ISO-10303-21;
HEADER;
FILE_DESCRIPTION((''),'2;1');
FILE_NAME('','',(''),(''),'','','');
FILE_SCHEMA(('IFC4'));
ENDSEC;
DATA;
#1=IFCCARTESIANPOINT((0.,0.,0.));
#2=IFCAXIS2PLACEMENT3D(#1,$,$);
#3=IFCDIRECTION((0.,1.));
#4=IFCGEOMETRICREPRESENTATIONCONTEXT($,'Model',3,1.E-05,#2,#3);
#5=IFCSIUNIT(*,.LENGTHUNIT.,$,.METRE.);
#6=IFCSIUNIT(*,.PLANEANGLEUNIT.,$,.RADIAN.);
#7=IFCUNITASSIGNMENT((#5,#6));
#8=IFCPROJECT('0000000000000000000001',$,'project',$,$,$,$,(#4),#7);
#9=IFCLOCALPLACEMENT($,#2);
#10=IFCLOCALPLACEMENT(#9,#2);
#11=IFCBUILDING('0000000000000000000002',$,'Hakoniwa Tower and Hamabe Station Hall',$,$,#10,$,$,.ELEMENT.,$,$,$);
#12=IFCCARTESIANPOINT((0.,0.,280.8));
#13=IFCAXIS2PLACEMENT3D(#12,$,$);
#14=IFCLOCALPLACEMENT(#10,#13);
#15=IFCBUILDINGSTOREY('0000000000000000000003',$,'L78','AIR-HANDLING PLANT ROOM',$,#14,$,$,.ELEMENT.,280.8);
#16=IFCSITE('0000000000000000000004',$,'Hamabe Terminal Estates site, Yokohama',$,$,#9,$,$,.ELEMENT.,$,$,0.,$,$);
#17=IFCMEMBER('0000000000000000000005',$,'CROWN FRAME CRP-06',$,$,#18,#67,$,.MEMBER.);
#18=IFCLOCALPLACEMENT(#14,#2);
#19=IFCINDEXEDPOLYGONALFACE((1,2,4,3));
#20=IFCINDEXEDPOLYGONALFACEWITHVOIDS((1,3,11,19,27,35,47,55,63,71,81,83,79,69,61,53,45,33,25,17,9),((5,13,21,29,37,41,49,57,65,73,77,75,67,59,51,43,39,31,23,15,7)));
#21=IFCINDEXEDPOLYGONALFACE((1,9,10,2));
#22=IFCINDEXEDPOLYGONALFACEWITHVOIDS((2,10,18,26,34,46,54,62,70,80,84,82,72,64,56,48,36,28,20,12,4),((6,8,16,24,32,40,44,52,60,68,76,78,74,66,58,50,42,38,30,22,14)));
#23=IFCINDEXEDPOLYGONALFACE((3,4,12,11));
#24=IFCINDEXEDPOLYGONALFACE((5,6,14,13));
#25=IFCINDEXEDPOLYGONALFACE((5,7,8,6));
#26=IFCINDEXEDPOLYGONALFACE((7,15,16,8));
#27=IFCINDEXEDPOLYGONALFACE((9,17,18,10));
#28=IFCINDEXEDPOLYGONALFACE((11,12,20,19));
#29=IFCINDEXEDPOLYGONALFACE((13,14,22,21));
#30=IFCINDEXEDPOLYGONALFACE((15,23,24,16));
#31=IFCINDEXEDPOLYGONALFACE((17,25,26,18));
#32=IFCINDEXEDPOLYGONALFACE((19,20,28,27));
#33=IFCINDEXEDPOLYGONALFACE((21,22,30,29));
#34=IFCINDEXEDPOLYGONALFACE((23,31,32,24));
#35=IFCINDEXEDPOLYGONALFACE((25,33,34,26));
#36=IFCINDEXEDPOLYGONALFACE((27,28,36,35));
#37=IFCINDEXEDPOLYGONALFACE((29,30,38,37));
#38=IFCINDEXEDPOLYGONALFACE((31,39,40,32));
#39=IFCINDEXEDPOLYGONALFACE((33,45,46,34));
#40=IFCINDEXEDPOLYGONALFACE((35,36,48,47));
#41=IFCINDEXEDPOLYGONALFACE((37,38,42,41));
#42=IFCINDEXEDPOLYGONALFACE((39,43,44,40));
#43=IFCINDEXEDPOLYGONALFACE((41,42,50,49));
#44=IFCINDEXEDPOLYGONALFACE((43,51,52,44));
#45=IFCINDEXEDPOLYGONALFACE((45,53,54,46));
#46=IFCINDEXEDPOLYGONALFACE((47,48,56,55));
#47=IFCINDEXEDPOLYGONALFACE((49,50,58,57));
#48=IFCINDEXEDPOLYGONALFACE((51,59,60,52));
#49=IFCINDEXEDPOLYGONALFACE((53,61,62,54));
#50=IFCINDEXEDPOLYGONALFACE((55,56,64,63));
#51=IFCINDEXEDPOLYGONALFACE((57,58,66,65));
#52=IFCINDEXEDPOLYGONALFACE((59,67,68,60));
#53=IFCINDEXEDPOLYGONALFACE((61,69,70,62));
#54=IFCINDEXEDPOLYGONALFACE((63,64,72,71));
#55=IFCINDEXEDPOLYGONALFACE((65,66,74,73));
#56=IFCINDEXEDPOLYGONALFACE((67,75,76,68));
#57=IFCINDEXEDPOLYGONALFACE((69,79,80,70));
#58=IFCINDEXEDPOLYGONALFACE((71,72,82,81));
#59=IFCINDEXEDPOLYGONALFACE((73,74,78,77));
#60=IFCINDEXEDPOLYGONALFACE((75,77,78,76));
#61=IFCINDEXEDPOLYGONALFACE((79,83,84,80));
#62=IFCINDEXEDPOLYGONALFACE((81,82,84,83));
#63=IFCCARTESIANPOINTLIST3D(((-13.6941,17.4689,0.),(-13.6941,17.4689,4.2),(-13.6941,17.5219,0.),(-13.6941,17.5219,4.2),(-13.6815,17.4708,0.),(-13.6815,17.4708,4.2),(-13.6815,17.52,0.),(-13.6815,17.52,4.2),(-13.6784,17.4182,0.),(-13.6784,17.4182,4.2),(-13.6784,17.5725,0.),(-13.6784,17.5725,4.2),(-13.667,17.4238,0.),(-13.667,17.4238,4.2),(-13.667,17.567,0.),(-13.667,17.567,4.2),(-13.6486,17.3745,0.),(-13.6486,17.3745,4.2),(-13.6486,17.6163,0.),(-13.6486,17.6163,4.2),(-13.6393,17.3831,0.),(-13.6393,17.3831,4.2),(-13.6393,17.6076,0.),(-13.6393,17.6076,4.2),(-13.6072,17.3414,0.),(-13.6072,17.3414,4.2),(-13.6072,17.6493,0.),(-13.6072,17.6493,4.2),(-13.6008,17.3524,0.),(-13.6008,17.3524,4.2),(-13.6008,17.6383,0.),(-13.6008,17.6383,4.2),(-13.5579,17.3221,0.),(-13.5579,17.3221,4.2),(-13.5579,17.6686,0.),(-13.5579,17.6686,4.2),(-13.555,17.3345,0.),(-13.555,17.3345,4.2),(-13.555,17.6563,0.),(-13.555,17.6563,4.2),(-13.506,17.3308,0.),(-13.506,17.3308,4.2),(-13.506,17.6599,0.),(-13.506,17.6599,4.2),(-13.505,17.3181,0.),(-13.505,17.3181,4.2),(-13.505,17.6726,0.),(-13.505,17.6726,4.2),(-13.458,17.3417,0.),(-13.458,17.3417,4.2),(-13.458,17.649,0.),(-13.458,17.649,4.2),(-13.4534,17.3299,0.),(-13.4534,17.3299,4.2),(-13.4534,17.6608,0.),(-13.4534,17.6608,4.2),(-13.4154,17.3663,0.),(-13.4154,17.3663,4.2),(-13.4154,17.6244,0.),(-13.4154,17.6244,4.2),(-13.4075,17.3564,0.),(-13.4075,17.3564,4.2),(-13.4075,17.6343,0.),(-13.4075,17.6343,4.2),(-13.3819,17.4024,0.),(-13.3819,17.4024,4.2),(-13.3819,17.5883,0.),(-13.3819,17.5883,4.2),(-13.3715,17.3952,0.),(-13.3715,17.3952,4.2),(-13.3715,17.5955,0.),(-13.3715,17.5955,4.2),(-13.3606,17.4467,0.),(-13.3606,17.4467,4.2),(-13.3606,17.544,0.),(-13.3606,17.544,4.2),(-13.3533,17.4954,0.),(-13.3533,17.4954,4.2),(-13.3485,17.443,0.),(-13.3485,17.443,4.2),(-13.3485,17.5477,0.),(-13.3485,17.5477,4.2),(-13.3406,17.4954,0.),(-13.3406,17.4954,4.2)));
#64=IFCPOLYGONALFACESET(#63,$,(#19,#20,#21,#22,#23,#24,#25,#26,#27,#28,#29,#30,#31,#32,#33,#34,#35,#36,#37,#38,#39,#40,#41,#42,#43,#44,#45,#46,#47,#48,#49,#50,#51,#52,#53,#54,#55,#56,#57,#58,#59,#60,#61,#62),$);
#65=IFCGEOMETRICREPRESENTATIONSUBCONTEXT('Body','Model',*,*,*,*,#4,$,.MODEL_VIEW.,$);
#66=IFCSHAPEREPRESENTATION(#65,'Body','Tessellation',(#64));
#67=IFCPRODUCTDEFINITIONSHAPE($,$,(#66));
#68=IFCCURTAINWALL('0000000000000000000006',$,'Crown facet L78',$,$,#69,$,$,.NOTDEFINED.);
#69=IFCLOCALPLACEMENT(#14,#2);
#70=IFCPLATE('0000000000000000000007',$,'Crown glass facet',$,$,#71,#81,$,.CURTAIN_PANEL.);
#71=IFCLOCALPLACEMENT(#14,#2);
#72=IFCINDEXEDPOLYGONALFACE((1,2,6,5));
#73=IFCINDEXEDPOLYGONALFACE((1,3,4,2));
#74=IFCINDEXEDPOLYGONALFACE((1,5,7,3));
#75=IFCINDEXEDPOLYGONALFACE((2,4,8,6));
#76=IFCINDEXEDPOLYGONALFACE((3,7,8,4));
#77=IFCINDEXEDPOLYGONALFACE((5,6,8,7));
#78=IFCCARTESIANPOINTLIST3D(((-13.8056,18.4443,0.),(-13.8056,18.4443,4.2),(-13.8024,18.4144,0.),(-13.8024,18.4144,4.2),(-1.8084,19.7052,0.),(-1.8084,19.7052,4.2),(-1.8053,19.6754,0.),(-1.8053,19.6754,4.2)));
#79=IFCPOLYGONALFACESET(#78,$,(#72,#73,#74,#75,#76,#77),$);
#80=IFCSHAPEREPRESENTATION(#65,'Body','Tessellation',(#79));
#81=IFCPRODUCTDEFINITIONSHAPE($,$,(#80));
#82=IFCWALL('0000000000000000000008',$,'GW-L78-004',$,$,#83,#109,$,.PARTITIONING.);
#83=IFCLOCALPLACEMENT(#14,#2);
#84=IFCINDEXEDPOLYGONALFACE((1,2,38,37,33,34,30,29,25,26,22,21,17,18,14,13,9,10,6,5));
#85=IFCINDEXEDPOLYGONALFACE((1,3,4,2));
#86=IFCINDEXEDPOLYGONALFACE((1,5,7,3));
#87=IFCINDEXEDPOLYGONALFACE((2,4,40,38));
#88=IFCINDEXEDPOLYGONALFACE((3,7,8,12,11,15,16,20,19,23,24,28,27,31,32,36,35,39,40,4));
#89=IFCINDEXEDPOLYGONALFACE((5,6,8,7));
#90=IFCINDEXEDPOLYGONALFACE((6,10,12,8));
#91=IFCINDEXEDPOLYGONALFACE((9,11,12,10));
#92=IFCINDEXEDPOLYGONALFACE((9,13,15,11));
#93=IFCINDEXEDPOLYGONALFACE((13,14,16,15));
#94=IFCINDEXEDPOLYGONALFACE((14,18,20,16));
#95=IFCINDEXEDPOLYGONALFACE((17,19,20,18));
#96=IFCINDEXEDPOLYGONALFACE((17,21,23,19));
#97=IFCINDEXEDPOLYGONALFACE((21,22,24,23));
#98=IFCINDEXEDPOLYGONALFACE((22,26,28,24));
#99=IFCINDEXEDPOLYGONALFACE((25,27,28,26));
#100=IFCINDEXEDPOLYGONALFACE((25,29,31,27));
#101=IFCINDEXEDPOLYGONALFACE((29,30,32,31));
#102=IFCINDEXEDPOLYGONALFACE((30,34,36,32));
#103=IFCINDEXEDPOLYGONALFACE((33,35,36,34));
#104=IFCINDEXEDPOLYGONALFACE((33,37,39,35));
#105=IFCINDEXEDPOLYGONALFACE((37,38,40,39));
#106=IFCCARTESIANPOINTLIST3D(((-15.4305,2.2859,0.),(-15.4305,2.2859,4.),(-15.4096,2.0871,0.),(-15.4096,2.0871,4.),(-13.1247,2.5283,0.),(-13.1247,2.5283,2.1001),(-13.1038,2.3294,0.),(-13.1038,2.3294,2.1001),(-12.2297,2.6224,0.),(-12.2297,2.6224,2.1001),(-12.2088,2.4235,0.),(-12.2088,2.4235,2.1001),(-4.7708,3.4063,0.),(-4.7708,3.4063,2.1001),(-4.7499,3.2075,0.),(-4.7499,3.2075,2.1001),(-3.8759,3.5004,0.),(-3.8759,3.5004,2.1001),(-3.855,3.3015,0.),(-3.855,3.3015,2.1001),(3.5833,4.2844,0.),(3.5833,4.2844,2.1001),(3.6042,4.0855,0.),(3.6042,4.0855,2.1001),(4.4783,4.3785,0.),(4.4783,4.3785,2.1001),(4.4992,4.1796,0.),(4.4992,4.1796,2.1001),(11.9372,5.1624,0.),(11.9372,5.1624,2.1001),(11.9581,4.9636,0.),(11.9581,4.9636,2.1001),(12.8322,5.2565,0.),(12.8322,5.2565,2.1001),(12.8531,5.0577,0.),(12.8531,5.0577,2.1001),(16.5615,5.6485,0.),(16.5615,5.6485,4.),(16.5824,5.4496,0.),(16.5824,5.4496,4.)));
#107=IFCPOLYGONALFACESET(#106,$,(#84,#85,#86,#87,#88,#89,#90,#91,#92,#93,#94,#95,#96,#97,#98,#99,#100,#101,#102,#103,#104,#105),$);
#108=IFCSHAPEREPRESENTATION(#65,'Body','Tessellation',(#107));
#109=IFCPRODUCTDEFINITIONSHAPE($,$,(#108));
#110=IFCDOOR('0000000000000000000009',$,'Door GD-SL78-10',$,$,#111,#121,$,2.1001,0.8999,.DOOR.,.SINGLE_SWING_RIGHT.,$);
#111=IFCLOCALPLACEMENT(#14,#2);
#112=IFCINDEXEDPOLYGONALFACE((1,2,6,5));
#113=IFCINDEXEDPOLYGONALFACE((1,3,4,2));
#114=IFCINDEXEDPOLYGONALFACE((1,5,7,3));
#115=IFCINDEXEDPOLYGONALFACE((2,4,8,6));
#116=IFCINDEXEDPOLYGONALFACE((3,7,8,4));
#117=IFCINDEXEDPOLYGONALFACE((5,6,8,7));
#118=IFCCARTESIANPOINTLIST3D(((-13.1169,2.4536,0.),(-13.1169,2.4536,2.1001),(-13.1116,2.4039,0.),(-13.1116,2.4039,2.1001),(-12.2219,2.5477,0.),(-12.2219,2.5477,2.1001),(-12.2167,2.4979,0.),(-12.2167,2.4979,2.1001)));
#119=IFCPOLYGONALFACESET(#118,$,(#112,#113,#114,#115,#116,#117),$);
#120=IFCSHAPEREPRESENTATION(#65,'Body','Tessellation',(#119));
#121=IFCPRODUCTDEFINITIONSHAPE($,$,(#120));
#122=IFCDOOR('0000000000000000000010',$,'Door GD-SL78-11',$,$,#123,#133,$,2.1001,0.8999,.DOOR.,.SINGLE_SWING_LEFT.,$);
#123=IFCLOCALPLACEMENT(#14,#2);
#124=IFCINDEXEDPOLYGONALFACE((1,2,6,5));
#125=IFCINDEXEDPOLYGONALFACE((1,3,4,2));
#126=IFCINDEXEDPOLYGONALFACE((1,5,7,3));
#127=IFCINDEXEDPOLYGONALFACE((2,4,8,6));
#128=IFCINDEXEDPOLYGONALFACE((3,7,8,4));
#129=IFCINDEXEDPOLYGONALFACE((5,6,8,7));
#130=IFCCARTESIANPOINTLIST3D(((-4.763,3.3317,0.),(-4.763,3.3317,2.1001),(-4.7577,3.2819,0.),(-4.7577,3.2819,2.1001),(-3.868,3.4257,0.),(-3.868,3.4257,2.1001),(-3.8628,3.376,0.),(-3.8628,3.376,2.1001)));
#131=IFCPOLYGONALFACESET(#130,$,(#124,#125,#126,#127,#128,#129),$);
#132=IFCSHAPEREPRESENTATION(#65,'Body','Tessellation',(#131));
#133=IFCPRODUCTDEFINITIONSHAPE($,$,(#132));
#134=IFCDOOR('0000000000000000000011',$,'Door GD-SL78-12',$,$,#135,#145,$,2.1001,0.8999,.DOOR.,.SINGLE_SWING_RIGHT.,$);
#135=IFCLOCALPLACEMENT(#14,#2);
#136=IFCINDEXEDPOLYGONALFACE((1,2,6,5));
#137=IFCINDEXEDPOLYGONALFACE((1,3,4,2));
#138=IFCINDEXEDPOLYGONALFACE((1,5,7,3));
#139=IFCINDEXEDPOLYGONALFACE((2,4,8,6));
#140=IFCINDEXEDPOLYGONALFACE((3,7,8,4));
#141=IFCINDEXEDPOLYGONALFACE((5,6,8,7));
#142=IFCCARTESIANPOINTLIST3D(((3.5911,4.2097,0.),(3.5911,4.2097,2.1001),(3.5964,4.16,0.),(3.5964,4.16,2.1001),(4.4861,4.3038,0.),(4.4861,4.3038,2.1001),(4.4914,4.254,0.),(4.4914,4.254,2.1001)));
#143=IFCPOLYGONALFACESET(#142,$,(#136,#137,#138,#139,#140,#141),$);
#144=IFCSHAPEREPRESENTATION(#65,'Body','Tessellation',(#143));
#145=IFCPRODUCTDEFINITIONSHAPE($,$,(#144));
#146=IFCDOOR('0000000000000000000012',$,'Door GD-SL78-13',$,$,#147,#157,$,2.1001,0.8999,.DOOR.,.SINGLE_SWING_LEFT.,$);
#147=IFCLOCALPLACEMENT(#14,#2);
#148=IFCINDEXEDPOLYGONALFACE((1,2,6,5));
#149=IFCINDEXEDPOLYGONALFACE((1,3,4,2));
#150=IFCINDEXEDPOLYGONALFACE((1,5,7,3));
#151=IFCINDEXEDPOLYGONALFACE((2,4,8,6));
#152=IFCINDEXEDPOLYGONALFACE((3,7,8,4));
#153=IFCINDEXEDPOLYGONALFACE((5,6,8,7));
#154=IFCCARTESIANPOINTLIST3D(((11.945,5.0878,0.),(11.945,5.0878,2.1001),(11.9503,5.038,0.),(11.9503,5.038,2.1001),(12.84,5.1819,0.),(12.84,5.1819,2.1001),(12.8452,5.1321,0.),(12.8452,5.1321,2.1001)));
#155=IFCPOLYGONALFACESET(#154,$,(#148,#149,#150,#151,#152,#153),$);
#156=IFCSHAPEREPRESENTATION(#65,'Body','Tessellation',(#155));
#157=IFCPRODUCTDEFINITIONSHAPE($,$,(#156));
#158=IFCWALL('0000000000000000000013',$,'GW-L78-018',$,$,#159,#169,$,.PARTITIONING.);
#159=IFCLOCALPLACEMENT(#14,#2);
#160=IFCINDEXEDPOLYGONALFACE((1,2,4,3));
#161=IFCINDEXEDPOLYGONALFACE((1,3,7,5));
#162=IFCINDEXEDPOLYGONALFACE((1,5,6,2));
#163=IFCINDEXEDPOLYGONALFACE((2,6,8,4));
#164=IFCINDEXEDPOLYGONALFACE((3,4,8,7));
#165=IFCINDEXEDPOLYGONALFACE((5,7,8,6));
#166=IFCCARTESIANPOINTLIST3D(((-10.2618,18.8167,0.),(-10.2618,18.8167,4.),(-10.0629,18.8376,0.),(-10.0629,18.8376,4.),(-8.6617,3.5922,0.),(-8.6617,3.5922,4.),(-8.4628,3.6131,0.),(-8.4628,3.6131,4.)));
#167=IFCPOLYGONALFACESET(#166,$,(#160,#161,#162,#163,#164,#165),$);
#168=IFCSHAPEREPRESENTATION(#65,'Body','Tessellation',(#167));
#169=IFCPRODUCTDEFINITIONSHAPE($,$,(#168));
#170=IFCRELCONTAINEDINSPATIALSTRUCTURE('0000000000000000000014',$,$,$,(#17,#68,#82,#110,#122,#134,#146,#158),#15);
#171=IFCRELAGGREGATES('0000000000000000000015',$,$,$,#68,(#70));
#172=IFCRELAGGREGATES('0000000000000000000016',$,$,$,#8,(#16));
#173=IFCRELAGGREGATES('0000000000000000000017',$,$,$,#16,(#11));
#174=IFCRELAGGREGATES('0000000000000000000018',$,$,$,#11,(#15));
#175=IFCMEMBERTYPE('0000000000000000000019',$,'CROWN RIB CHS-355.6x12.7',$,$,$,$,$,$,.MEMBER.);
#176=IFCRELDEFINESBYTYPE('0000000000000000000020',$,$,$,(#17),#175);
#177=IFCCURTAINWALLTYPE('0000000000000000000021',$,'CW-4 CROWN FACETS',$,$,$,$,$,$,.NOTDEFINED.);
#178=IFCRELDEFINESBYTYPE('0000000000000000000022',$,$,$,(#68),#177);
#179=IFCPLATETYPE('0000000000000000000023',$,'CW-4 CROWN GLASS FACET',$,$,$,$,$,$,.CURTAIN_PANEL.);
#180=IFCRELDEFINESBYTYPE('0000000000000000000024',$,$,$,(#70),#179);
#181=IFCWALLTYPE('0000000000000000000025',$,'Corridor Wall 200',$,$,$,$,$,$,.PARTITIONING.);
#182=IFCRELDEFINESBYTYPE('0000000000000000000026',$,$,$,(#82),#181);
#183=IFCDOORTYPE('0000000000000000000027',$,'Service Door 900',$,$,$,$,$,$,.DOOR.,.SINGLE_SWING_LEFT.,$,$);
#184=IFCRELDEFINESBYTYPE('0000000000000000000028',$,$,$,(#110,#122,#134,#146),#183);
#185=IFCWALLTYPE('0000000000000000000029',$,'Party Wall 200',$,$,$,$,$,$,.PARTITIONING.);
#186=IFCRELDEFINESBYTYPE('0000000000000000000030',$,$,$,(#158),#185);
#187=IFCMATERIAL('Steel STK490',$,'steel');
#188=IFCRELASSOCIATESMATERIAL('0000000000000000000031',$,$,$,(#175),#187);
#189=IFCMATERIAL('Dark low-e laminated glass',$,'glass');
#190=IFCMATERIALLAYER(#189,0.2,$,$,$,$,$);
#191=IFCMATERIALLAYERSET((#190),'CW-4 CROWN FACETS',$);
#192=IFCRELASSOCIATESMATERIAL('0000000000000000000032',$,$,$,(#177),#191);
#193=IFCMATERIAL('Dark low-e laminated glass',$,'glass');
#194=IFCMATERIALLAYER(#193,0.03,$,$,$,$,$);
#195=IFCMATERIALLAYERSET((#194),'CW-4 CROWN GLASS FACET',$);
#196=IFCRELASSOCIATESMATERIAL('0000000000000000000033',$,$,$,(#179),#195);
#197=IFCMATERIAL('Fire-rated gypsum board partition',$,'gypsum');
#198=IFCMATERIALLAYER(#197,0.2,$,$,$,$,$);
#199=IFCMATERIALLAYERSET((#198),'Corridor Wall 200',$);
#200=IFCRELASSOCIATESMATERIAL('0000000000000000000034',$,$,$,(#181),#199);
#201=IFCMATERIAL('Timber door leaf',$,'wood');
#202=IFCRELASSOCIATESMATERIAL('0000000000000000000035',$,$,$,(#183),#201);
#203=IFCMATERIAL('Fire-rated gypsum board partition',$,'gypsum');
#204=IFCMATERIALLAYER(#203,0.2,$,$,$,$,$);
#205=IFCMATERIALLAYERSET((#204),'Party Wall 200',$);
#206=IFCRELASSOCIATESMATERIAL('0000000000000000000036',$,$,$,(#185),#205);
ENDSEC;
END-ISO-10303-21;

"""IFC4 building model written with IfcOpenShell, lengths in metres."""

from ifc_helpers import new_model, si_unit, direction, frame, frame_2d, origin, origin_2d, place, context, subcontext, project, spatial, rectangle, hollow_circle, extrude, material, layer, layer_set, material_profile, profile_set, type_object, element, fill, aggregate, save


model = new_model("IFC4")

# Units and contexts
model_context = context("Model", 3, precision=1e-05, world=origin(), true_north=direction((0.0, 1.0)))
body_context = subcontext(model_context, "Body", "Model", "MODEL_VIEW")
ifc_project = project(units=[si_unit("LENGTHUNIT", "METRE"), si_unit("PLANEANGLEUNIT", "RADIAN")], contexts=[model_context])

# Site, building, storey
site_placement = place(None, origin())
site = spatial("IfcSite", under=ifc_project, at=site_placement, Name="Hamabe Terminal Estates site, Yokohama", CompositionType="ELEMENT", RefElevation=0.0)
building_placement = place(site_placement, origin())
building = spatial("IfcBuilding", under=site, at=building_placement, Name="Hakoniwa Tower and Hamabe Station Hall", CompositionType="ELEMENT")
storey_placement = place(building_placement, frame((0.0, 0.0, 280.8)))
storey = spatial("IfcBuildingStorey", under=building, at=storey_placement, Name="L78", Description="AIR-HANDLING PLANT ROOM", CompositionType="ELEMENT", Elevation=280.8)

# Member
ifc_material_1 = material(Name="Steel STK490", Category="steel")
ifc_material_profile_1 = material_profile(ifc_material_1, hollow_circle(Radius=0.1777, WallThickness=0.0127, at=origin_2d()), Name="CHS-355.6x12.7")
ifc_profile_set_1 = profile_set([ifc_material_profile_1], Name="Steel STK490")
member_type = type_object("IfcMemberType", Name="CROWN RIB CHS-355.6x12.7", PredefinedType="MEMBER", material=ifc_profile_set_1)
for number, where, z_axis, x_axis, name in (
    (1, (-13.5183, 17.4954, 0.0), (0.0, 0.0, 1.0), (1.0, 0.0, 0.0), "CROWN FRAME CRP-06"),
):
    element("IfcMember", number, at=place(storey_placement, frame(where, z_axis=z_axis, x_axis=x_axis)), inside=storey, type_object=member_type, Name=name, PredefinedType="MEMBER", context=body_context, shape_type="SweptSolid", body=[
        extrude(hollow_circle(Radius=0.1777, WallThickness=0.0127, at=origin_2d()), origin(), (0.0, 0.0, 1.0), 4.2),
    ])

# Curtain wall, plate
ifc_material_2 = material(Name="Dark low-e laminated glass", Category="glass")
ifc_layer_1 = layer(ifc_material_2, 0.2)
ifc_layer_set_1 = layer_set([ifc_layer_1], Name="CW-4 CROWN FACETS")
curtain_wall_type = type_object("IfcCurtainWallType", Name="CW-4 CROWN FACETS", PredefinedType="NOTDEFINED", material=ifc_layer_set_1)
curtain_wall_placement = place(storey_placement, origin())
curtain_wall = element("IfcCurtainWall", 2, at=curtain_wall_placement, inside=storey, type_object=curtain_wall_type, Name="Crown facet L78", PredefinedType="NOTDEFINED")
ifc_material_3 = material(Name="Dark low-e laminated glass", Category="glass")
ifc_layer_2 = layer(ifc_material_3, 0.03)
ifc_layer_set_2 = layer_set([ifc_layer_2], Name="CW-4 CROWN GLASS FACET")
plate_type = type_object("IfcPlateType", Name="CW-4 CROWN GLASS FACET", PredefinedType="CURTAIN_PANEL", material=ifc_layer_set_2)
plate_placement = place(storey_placement, frame((-7.8054, 19.0598, 0.0), z_axis=(0.0, 0.0, 1.0), x_axis=(-0.994522, -0.104528, 0.0)))
plate = element("IfcPlate", 3, at=plate_placement, type_object=plate_type, Name="Crown glass facet", PredefinedType="CURTAIN_PANEL", context=body_context, shape_type="SweptSolid", body=[
    extrude(rectangle(XDim=12.0632, YDim=0.03, at=origin_2d()), origin(), (0.0, 0.0, 1.0), 4.2),
])
aggregate(curtain_wall, [plate])

# Wall, openings, doors
ifc_material_4 = material(Name="Fire-rated gypsum board partition", Category="gypsum")
ifc_layer_3 = layer(ifc_material_4, 0.2)
ifc_layer_set_3 = layer_set([ifc_layer_3], Name="Corridor Wall 200")
wall_type_1 = type_object("IfcWallType", Name="Corridor Wall 200", PredefinedType="PARTITIONING", material=ifc_layer_set_3)
wall_placement = place(storey_placement, frame((-15.4199, 2.1865, 0.0), z_axis=(0.0, 0.0, 1.0), x_axis=(0.994522, 0.10453, 0.0)))
wall = element("IfcWall", 4, at=wall_placement, inside=storey, type_object=wall_type_1, Name="GW-L78-004", PredefinedType="PARTITIONING", context=body_context, shape_type="SweptSolid", body=[
    extrude(rectangle(XDim=32.1682, YDim=0.2, at=frame_2d((16.084, 0.0))), origin(), (0.0, 0.0, 1.0), 4.0),
])
opening_1_placement = place(wall_placement, frame((2.3184, 0.0, 0.0)))
opening_1 = element("IfcOpeningElement", 5, at=opening_1_placement, cuts=wall, PredefinedType="OPENING", context=body_context, shape_type="SweptSolid", body=[
    extrude(rectangle(XDim=0.8999, YDim=2.1001, at=frame_2d((0.45, 1.05))), frame((0.0, 0.1099, 0.0), z_axis=(0.0, -1.0, 0.0), x_axis=(1.0, 0.0, 0.0)), (0.0, 0.0, 1.0), 0.22),
])
opening_2_placement = place(wall_placement, frame((10.7183, 0.0, 0.0)))
opening_2 = element("IfcOpeningElement", 6, at=opening_2_placement, cuts=wall, PredefinedType="OPENING", context=body_context, shape_type="SweptSolid", body=[
    extrude(rectangle(XDim=0.8999, YDim=2.1001, at=frame_2d((0.45, 1.05))), frame((0.0, 0.1099, 0.0), z_axis=(0.0, -1.0, 0.0), x_axis=(1.0, 0.0, 0.0)), (0.0, 0.0, 1.0), 0.22),
])
opening_3_placement = place(wall_placement, frame((19.1184, 0.0, 0.0)))
opening_3 = element("IfcOpeningElement", 7, at=opening_3_placement, cuts=wall, PredefinedType="OPENING", context=body_context, shape_type="SweptSolid", body=[
    extrude(rectangle(XDim=0.8999, YDim=2.1001, at=frame_2d((0.45, 1.05))), frame((0.0, 0.1099, 0.0), z_axis=(0.0, -1.0, 0.0), x_axis=(1.0, 0.0, 0.0)), (0.0, 0.0, 1.0), 0.22),
])
opening_4_placement = place(wall_placement, frame((27.5183, 0.0, 0.0)))
opening_4 = element("IfcOpeningElement", 8, at=opening_4_placement, cuts=wall, PredefinedType="OPENING", context=body_context, shape_type="SweptSolid", body=[
    extrude(rectangle(XDim=0.8999, YDim=2.1001, at=frame_2d((0.45, 1.05))), frame((0.0, 0.1099, 0.0), z_axis=(0.0, -1.0, 0.0), x_axis=(1.0, 0.0, 0.0)), (0.0, 0.0, 1.0), 0.22),
])
ifc_material_5 = material(Name="Timber door leaf", Category="wood")
door_type = type_object("IfcDoorType", Name="Service Door 900", OperationType="SINGLE_SWING_LEFT", PredefinedType="DOOR", material=ifc_material_5)
door_1_placement = place(opening_1_placement, origin())
door_1 = element("IfcDoor", 9, at=door_1_placement, inside=storey, type_object=door_type, Name="Door GD-SL78-10", OperationType="SINGLE_SWING_RIGHT", OverallHeight=2.1001, OverallWidth=0.8999, PredefinedType="DOOR", context=body_context, shape_type="SweptSolid", body=[
    extrude(rectangle(XDim=0.8999, YDim=2.1001, at=frame_2d((0.45, 1.05))), frame((0.0, 0.0249, 0.0), z_axis=(0.0, -1.0, 0.0), x_axis=(1.0, 0.0, 0.0)), (0.0, 0.0, 1.0), 0.05),
])
fill(opening_1, door_1)
door_2_placement = place(opening_2_placement, origin())
door_2 = element("IfcDoor", 10, at=door_2_placement, inside=storey, type_object=door_type, Name="Door GD-SL78-11", OperationType="SINGLE_SWING_LEFT", OverallHeight=2.1001, OverallWidth=0.8999, PredefinedType="DOOR", context=body_context, shape_type="SweptSolid", body=[
    extrude(rectangle(XDim=0.8999, YDim=2.1001, at=frame_2d((0.45, 1.05))), frame((0.0, 0.0249, 0.0), z_axis=(0.0, -1.0, 0.0), x_axis=(1.0, 0.0, 0.0)), (0.0, 0.0, 1.0), 0.05),
])
fill(opening_2, door_2)
door_3_placement = place(opening_3_placement, origin())
door_3 = element("IfcDoor", 11, at=door_3_placement, inside=storey, type_object=door_type, Name="Door GD-SL78-12", OperationType="SINGLE_SWING_RIGHT", OverallHeight=2.1001, OverallWidth=0.8999, PredefinedType="DOOR", context=body_context, shape_type="SweptSolid", body=[
    extrude(rectangle(XDim=0.8999, YDim=2.1001, at=frame_2d((0.45, 1.05))), frame((0.0, 0.0249, 0.0), z_axis=(0.0, -1.0, 0.0), x_axis=(1.0, 0.0, 0.0)), (0.0, 0.0, 1.0), 0.05),
])
fill(opening_3, door_3)
door_4_placement = place(opening_4_placement, origin())
door_4 = element("IfcDoor", 12, at=door_4_placement, inside=storey, type_object=door_type, Name="Door GD-SL78-13", OperationType="SINGLE_SWING_LEFT", OverallHeight=2.1001, OverallWidth=0.8999, PredefinedType="DOOR", context=body_context, shape_type="SweptSolid", body=[
    extrude(rectangle(XDim=0.8999, YDim=2.1001, at=frame_2d((0.45, 1.05))), frame((0.0, 0.0249, 0.0), z_axis=(0.0, -1.0, 0.0), x_axis=(1.0, 0.0, 0.0)), (0.0, 0.0, 1.0), 0.05),
])
fill(opening_4, door_4)

# Wall
ifc_material_6 = material(Name="Fire-rated gypsum board partition", Category="gypsum")
ifc_layer_4 = layer(ifc_material_6, 0.2)
ifc_layer_set_4 = layer_set([ifc_layer_4], Name="Party Wall 200")
wall_type_2 = type_object("IfcWallType", Name="Party Wall 200", PredefinedType="PARTITIONING", material=ifc_layer_set_4)
for number, where, z_axis, x_axis, name in (
    (13, (-8.5623, 3.6025, 0.0), (0.0, 0.0, 1.0), (-0.104524, 0.994522, 0.0), "GW-L78-018"),
):
    element("IfcWall", number, at=place(storey_placement, frame(where, z_axis=z_axis, x_axis=x_axis)), inside=storey, type_object=wall_type_2, Name=name, PredefinedType="PARTITIONING", context=body_context, shape_type="SweptSolid", body=[
        extrude(rectangle(XDim=15.3083, YDim=0.2, at=frame_2d((7.6543, 0.0))), origin(), (0.0, 0.0, 1.0), 4.0),
    ])

save(model, "model.ifc")
